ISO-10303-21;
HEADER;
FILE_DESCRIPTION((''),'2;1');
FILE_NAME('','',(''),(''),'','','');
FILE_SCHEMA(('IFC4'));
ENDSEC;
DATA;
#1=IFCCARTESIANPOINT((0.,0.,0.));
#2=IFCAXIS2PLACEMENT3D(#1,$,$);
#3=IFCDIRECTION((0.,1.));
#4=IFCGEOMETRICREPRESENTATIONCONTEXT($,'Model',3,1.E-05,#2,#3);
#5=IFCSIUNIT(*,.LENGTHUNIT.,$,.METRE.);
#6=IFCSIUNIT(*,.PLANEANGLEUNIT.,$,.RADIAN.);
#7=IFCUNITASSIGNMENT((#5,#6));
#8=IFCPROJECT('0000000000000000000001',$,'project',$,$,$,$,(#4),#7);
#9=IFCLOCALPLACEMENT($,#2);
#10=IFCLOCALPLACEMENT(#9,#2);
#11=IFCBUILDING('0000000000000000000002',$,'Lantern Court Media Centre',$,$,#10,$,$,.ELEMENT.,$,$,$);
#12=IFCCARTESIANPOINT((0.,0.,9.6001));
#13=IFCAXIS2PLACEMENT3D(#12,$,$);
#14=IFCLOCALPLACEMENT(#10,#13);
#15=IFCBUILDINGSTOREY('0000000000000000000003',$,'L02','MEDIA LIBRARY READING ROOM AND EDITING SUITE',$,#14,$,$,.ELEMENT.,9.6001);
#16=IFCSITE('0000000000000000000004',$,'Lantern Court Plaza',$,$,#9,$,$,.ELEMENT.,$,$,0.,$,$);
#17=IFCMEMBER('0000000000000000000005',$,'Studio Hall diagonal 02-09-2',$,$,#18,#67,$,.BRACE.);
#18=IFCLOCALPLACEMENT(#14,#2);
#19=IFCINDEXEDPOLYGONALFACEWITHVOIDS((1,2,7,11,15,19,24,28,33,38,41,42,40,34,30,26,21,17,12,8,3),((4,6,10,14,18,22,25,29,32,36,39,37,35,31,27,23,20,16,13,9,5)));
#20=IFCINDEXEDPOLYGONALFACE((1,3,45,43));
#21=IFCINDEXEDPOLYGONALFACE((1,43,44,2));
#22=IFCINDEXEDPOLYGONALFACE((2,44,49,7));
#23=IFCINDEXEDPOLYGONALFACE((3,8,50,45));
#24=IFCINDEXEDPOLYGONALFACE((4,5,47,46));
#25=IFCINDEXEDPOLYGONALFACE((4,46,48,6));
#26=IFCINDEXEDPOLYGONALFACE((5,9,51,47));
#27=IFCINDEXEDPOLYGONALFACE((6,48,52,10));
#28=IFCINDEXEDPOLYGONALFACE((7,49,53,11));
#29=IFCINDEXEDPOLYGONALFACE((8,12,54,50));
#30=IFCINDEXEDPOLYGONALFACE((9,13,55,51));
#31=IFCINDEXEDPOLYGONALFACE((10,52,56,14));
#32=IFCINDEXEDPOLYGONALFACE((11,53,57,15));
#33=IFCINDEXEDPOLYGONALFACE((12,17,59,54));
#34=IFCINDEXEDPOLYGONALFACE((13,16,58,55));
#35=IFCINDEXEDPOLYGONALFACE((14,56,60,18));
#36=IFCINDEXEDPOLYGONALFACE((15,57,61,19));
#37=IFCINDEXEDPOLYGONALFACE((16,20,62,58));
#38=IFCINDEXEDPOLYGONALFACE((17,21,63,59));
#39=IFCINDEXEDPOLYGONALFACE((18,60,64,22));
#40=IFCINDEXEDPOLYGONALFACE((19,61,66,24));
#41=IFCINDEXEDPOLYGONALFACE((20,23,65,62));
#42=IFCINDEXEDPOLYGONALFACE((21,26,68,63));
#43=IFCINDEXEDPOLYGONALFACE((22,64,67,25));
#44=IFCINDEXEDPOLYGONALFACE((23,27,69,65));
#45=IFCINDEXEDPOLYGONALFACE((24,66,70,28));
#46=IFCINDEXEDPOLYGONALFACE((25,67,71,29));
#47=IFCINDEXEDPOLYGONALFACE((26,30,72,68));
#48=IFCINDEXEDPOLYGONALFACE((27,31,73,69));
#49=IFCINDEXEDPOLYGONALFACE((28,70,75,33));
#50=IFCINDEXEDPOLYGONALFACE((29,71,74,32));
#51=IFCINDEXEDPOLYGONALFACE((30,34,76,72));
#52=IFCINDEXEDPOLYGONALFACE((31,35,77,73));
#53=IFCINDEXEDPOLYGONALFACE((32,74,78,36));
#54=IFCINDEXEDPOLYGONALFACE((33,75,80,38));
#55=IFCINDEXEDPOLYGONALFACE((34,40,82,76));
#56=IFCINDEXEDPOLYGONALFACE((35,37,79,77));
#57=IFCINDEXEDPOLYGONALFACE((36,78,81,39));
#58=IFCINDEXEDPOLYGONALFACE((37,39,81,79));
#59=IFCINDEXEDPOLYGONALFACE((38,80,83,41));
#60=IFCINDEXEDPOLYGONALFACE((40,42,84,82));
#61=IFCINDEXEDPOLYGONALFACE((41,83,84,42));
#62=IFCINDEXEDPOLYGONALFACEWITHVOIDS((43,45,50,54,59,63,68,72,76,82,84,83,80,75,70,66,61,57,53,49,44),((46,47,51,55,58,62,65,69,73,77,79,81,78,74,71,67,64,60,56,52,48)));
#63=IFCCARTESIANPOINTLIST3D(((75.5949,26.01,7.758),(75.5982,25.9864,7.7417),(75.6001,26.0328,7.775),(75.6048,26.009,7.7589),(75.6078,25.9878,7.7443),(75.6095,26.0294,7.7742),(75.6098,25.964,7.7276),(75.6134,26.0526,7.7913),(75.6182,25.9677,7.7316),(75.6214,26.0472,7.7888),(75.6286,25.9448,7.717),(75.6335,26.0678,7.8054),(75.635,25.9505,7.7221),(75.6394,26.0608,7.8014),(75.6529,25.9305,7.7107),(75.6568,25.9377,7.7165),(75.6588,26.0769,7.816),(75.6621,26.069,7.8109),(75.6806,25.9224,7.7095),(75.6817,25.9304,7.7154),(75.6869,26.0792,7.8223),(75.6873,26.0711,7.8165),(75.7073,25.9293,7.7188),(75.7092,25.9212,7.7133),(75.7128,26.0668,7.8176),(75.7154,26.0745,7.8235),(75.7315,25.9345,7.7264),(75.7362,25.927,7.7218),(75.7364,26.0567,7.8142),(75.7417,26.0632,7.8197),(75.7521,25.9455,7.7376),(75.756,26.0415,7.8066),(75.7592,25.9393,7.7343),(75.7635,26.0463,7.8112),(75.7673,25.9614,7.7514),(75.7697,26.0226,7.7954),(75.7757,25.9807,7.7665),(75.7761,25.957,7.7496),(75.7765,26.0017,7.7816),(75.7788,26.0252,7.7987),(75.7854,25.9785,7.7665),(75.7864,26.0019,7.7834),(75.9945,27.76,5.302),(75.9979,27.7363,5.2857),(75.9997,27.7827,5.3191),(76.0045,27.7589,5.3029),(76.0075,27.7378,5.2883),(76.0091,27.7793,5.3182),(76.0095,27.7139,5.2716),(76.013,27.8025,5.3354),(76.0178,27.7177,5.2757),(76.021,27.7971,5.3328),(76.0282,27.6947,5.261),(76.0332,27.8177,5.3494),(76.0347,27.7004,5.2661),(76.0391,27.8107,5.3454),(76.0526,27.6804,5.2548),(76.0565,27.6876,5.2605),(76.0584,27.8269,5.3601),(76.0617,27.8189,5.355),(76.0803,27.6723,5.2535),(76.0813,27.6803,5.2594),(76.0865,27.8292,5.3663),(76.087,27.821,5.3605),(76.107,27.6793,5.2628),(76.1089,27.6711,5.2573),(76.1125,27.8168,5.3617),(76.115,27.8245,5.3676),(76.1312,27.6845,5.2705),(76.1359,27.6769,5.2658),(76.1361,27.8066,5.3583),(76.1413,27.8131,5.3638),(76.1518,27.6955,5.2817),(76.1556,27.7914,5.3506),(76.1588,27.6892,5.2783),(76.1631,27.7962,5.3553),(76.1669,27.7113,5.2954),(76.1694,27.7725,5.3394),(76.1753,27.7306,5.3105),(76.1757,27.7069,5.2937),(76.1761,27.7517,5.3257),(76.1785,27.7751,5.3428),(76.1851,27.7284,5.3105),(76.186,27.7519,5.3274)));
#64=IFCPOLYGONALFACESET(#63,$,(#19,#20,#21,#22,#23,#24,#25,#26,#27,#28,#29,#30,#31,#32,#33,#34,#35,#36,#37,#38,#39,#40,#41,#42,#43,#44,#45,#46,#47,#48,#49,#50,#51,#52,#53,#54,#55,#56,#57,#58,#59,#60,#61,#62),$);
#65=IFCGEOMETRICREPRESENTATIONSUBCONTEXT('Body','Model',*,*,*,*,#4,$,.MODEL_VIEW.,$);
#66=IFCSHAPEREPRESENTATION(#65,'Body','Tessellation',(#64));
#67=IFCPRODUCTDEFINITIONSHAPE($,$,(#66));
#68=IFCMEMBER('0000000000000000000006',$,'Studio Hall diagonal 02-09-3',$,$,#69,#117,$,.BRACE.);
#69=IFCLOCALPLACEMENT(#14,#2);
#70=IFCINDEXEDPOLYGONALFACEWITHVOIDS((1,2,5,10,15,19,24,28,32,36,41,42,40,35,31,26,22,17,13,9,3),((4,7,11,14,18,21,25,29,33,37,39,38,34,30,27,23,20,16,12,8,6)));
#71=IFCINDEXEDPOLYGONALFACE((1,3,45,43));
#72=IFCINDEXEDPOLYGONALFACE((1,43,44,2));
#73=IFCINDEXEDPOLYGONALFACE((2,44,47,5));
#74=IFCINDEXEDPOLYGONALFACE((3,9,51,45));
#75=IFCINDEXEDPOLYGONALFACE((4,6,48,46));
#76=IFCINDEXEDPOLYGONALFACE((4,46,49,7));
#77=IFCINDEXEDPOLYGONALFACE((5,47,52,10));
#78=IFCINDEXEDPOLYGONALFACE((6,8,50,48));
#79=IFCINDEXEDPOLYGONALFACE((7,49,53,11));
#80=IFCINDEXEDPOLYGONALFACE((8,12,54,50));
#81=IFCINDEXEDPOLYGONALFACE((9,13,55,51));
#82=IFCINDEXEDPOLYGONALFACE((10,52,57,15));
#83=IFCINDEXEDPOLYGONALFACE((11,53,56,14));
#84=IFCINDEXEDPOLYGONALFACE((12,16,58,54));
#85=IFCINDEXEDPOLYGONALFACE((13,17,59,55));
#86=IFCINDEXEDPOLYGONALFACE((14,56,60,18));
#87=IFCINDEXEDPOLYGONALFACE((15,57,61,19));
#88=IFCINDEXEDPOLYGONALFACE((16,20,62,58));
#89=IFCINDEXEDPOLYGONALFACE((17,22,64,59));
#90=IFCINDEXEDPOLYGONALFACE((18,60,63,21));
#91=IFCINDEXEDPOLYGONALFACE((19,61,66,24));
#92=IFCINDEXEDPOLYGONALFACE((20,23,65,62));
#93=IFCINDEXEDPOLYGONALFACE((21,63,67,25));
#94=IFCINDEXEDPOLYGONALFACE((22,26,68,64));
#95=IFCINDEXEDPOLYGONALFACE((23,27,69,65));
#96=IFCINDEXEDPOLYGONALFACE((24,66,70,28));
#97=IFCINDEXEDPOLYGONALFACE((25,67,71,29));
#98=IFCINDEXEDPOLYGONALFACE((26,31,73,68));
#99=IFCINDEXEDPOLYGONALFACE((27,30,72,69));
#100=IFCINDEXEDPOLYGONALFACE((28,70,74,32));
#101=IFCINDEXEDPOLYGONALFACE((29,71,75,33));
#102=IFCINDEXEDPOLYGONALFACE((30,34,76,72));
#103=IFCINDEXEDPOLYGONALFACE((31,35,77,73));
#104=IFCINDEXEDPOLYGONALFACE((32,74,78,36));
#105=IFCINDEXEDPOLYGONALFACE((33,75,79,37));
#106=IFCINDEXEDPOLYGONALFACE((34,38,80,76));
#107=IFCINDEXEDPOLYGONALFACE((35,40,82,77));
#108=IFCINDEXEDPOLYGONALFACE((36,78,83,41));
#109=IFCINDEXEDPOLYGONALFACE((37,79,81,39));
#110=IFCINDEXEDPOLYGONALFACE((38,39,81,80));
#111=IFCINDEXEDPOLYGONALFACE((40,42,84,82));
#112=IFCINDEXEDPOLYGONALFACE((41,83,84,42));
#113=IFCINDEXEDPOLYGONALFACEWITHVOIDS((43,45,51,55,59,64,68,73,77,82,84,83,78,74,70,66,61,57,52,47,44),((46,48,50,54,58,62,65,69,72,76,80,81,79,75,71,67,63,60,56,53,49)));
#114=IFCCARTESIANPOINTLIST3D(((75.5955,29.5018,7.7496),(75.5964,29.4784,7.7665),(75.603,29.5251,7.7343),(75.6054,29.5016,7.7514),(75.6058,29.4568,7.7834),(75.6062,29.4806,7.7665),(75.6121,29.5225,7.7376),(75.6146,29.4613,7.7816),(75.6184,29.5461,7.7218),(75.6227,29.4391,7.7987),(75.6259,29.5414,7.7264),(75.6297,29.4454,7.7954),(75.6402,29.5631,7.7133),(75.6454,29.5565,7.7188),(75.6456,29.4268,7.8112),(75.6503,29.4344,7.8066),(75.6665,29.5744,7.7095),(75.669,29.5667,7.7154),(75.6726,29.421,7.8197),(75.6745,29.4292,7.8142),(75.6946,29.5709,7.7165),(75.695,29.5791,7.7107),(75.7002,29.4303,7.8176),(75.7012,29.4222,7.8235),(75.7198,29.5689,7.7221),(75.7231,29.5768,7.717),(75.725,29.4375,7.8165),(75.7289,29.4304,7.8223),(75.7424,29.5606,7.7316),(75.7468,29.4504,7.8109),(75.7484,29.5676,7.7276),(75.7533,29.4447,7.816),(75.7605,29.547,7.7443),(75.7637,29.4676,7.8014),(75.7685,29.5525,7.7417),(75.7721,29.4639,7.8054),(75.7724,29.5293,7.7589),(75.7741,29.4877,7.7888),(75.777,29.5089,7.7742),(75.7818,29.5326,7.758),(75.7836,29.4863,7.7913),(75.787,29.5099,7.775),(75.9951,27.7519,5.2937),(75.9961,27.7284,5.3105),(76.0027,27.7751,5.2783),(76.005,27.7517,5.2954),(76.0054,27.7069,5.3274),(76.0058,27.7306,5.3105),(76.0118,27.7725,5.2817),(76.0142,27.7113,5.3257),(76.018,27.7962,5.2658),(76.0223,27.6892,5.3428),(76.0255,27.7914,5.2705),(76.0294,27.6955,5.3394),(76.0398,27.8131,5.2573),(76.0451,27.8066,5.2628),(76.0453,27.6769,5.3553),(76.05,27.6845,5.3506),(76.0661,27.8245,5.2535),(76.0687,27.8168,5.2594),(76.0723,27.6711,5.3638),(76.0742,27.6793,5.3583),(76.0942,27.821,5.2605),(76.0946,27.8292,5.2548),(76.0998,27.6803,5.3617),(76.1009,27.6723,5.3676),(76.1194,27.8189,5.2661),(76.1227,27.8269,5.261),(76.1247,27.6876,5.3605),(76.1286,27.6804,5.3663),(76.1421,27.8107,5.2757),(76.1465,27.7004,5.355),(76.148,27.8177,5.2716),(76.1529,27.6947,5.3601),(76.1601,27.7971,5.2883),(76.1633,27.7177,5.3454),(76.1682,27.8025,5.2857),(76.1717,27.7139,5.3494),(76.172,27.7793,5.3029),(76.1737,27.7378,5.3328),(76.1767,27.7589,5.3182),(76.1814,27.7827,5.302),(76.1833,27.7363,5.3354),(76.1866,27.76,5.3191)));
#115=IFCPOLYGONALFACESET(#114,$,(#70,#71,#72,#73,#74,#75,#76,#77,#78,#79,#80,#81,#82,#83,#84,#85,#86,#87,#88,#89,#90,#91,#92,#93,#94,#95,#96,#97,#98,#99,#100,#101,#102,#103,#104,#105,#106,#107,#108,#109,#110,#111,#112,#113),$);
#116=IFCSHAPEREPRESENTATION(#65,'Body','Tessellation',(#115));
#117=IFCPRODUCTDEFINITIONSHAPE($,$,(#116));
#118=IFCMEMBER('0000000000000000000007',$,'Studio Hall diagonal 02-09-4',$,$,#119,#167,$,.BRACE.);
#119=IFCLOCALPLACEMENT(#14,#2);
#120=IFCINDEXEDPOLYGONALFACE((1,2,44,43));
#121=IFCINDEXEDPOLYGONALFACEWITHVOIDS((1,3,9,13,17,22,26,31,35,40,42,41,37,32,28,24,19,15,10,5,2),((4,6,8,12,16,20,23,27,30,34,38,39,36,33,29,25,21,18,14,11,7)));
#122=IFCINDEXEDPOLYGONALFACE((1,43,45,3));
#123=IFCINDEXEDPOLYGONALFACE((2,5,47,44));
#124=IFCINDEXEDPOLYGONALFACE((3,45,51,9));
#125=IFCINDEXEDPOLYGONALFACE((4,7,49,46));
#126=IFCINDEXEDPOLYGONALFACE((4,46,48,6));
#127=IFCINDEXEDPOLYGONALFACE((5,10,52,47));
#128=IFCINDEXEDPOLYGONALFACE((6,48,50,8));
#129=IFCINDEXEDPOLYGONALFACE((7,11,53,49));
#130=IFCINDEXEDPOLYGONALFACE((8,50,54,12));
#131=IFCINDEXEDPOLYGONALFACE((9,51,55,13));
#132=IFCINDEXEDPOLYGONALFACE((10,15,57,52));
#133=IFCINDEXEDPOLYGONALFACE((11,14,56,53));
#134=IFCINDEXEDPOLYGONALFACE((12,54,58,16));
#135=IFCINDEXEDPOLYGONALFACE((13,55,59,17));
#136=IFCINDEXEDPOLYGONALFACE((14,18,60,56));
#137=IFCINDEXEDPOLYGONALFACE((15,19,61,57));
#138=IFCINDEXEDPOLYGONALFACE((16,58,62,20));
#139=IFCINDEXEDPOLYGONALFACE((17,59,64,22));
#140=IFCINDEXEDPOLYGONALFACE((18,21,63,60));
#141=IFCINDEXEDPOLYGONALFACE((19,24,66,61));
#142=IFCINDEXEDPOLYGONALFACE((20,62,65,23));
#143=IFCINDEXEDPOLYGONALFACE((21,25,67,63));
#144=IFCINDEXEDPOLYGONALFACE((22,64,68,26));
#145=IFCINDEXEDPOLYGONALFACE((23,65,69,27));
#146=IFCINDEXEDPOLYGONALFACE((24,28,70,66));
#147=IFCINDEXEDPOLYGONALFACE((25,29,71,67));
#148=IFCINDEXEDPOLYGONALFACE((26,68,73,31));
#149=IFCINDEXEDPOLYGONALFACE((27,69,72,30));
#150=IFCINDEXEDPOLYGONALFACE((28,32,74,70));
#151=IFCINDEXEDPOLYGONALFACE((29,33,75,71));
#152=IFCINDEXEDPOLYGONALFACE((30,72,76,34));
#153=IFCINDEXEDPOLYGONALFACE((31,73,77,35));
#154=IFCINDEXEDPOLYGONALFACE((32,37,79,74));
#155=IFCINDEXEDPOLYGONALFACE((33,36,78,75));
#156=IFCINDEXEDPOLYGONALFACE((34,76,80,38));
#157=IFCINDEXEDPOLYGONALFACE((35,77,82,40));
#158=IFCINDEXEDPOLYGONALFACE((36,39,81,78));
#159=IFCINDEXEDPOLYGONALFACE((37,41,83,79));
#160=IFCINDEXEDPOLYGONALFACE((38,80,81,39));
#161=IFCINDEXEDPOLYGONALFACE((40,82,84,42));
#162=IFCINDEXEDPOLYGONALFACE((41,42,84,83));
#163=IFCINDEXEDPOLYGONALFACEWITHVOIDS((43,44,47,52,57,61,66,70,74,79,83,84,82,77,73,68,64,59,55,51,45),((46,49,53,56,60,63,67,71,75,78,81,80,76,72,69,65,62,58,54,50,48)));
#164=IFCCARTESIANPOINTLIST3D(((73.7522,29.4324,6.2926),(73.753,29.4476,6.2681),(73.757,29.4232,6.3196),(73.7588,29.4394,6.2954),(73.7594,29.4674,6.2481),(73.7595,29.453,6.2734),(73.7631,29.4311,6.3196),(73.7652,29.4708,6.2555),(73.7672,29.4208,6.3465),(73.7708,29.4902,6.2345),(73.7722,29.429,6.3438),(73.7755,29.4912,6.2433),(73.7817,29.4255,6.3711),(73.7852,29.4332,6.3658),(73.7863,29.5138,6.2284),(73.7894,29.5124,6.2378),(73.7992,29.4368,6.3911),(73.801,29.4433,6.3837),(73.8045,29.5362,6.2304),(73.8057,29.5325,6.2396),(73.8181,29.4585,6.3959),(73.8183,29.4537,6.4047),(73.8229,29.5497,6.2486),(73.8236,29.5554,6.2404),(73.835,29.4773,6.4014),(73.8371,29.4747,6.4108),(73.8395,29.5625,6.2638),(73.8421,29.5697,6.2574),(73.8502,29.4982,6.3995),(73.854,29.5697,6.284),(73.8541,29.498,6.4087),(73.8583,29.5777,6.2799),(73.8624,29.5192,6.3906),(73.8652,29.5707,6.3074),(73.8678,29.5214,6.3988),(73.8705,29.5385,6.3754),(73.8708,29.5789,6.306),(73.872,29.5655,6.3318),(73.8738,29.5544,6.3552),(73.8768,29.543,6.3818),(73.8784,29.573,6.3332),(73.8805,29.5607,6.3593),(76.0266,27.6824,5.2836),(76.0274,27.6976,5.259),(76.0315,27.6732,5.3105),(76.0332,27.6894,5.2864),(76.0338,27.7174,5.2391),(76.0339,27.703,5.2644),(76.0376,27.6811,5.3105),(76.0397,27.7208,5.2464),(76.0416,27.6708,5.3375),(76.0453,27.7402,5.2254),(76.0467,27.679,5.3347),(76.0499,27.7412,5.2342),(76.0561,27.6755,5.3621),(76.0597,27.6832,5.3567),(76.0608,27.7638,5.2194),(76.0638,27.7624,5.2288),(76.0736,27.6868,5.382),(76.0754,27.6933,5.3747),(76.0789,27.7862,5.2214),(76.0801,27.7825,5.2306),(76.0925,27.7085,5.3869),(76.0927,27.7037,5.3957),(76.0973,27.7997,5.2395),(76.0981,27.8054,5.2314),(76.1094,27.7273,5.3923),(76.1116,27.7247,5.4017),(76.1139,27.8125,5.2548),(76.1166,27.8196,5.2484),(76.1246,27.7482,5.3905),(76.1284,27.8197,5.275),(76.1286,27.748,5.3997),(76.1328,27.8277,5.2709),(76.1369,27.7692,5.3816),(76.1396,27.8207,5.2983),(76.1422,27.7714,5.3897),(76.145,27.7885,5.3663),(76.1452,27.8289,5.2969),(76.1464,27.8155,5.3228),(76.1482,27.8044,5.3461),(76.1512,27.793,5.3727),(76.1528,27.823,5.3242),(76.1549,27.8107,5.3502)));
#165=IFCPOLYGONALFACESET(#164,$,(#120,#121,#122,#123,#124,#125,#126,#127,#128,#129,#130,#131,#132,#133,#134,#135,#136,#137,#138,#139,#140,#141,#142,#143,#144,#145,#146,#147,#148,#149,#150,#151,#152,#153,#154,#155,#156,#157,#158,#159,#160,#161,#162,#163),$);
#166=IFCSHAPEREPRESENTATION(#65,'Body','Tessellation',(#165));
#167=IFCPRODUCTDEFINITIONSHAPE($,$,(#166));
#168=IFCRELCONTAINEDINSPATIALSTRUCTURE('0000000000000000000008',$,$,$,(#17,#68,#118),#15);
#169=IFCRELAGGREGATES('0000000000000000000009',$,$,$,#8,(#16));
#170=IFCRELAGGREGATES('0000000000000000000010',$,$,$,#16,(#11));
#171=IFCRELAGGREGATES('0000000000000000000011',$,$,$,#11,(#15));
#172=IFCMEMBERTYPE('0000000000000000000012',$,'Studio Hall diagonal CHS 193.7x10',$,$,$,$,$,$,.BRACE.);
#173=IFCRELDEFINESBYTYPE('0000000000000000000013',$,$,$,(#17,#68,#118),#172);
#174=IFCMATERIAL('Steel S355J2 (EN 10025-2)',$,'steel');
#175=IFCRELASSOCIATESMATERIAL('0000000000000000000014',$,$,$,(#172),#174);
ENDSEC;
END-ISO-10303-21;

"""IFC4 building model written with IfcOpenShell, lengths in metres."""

from ifc_helpers import new_model, si_unit, direction, frame, origin, origin_2d, place, context, subcontext, project, spatial, hollow_circle, extrude, material, material_profile, profile_set, type_object, element, save


model = new_model("IFC4")

# Units and contexts
model_context = context("Model", 3, precision=1e-05, world=origin(), true_north=direction((0.0, 1.0)))
body_context = subcontext(model_context, "Body", "Model", "MODEL_VIEW")
ifc_project = project(units=[si_unit("LENGTHUNIT", "METRE"), si_unit("PLANEANGLEUNIT", "RADIAN")], contexts=[model_context])

# Site, building, storey
site_placement = place(None, origin())
site = spatial("IfcSite", under=ifc_project, at=site_placement, Name="Lantern Court Plaza", CompositionType="ELEMENT", RefElevation=0.0)
building_placement = place(site_placement, origin())
building = spatial("IfcBuilding", under=site, at=building_placement, Name="Lantern Court Media Centre", CompositionType="ELEMENT")
storey_placement = place(building_placement, frame((0.0, 0.0, 9.6001)))
storey = spatial("IfcBuildingStorey", under=building, at=storey_placement, Name="L02", Description="MEDIA LIBRARY READING ROOM AND EDITING SUITE", CompositionType="ELEMENT", Elevation=9.6001)

# Members
ifc_material = material(Name="Steel S355J2 (EN 10025-2)", Category="steel")
ifc_material_profile_1 = material_profile(ifc_material, hollow_circle(Radius=0.0969, WallThickness=0.01, at=origin_2d()), Name="Studio Hall diagonal CHS 193.7x10")
ifc_profile_set_1 = profile_set([ifc_material_profile_1], Name="Steel S355J2 (EN 10025-2)")
member_type_1 = type_object("IfcMemberType", Name="Studio Hall diagonal CHS 193.7x10", PredefinedType="BRACE", material=ifc_profile_set_1)
for number, where, z_axis, x_axis, name in (
    (1, (76.0906, 27.75, 5.3105), (-0.131375, -0.575259, 0.807352), (0.9749, -0.222644, 0.0), "Studio Hall diagonal 02-09-2"),
    (2, (76.0906, 27.75, 5.3105), (-0.131375, 0.575259, 0.807352), (-0.9749, -0.222644, 0.0), "Studio Hall diagonal 02-09-3"),
    (3, (76.0906, 27.75, 5.3105), (-0.747677, 0.575284, 0.331703), (-0.609809, -0.792548, 0.0), "Studio Hall diagonal 02-09-4"),
):
    element("IfcMember", number, at=place(storey_placement, frame(where, z_axis=z_axis, x_axis=x_axis)), inside=storey, type_object=member_type_1, Name=name, PredefinedType="BRACE", context=body_context, shape_type="SweptSolid", body=[
        extrude(hollow_circle(Radius=0.0969, WallThickness=0.01, at=origin_2d()), origin(), (0.0, 0.0, 1.0), 3.042),
    ])

save(model, "model.ifc")
